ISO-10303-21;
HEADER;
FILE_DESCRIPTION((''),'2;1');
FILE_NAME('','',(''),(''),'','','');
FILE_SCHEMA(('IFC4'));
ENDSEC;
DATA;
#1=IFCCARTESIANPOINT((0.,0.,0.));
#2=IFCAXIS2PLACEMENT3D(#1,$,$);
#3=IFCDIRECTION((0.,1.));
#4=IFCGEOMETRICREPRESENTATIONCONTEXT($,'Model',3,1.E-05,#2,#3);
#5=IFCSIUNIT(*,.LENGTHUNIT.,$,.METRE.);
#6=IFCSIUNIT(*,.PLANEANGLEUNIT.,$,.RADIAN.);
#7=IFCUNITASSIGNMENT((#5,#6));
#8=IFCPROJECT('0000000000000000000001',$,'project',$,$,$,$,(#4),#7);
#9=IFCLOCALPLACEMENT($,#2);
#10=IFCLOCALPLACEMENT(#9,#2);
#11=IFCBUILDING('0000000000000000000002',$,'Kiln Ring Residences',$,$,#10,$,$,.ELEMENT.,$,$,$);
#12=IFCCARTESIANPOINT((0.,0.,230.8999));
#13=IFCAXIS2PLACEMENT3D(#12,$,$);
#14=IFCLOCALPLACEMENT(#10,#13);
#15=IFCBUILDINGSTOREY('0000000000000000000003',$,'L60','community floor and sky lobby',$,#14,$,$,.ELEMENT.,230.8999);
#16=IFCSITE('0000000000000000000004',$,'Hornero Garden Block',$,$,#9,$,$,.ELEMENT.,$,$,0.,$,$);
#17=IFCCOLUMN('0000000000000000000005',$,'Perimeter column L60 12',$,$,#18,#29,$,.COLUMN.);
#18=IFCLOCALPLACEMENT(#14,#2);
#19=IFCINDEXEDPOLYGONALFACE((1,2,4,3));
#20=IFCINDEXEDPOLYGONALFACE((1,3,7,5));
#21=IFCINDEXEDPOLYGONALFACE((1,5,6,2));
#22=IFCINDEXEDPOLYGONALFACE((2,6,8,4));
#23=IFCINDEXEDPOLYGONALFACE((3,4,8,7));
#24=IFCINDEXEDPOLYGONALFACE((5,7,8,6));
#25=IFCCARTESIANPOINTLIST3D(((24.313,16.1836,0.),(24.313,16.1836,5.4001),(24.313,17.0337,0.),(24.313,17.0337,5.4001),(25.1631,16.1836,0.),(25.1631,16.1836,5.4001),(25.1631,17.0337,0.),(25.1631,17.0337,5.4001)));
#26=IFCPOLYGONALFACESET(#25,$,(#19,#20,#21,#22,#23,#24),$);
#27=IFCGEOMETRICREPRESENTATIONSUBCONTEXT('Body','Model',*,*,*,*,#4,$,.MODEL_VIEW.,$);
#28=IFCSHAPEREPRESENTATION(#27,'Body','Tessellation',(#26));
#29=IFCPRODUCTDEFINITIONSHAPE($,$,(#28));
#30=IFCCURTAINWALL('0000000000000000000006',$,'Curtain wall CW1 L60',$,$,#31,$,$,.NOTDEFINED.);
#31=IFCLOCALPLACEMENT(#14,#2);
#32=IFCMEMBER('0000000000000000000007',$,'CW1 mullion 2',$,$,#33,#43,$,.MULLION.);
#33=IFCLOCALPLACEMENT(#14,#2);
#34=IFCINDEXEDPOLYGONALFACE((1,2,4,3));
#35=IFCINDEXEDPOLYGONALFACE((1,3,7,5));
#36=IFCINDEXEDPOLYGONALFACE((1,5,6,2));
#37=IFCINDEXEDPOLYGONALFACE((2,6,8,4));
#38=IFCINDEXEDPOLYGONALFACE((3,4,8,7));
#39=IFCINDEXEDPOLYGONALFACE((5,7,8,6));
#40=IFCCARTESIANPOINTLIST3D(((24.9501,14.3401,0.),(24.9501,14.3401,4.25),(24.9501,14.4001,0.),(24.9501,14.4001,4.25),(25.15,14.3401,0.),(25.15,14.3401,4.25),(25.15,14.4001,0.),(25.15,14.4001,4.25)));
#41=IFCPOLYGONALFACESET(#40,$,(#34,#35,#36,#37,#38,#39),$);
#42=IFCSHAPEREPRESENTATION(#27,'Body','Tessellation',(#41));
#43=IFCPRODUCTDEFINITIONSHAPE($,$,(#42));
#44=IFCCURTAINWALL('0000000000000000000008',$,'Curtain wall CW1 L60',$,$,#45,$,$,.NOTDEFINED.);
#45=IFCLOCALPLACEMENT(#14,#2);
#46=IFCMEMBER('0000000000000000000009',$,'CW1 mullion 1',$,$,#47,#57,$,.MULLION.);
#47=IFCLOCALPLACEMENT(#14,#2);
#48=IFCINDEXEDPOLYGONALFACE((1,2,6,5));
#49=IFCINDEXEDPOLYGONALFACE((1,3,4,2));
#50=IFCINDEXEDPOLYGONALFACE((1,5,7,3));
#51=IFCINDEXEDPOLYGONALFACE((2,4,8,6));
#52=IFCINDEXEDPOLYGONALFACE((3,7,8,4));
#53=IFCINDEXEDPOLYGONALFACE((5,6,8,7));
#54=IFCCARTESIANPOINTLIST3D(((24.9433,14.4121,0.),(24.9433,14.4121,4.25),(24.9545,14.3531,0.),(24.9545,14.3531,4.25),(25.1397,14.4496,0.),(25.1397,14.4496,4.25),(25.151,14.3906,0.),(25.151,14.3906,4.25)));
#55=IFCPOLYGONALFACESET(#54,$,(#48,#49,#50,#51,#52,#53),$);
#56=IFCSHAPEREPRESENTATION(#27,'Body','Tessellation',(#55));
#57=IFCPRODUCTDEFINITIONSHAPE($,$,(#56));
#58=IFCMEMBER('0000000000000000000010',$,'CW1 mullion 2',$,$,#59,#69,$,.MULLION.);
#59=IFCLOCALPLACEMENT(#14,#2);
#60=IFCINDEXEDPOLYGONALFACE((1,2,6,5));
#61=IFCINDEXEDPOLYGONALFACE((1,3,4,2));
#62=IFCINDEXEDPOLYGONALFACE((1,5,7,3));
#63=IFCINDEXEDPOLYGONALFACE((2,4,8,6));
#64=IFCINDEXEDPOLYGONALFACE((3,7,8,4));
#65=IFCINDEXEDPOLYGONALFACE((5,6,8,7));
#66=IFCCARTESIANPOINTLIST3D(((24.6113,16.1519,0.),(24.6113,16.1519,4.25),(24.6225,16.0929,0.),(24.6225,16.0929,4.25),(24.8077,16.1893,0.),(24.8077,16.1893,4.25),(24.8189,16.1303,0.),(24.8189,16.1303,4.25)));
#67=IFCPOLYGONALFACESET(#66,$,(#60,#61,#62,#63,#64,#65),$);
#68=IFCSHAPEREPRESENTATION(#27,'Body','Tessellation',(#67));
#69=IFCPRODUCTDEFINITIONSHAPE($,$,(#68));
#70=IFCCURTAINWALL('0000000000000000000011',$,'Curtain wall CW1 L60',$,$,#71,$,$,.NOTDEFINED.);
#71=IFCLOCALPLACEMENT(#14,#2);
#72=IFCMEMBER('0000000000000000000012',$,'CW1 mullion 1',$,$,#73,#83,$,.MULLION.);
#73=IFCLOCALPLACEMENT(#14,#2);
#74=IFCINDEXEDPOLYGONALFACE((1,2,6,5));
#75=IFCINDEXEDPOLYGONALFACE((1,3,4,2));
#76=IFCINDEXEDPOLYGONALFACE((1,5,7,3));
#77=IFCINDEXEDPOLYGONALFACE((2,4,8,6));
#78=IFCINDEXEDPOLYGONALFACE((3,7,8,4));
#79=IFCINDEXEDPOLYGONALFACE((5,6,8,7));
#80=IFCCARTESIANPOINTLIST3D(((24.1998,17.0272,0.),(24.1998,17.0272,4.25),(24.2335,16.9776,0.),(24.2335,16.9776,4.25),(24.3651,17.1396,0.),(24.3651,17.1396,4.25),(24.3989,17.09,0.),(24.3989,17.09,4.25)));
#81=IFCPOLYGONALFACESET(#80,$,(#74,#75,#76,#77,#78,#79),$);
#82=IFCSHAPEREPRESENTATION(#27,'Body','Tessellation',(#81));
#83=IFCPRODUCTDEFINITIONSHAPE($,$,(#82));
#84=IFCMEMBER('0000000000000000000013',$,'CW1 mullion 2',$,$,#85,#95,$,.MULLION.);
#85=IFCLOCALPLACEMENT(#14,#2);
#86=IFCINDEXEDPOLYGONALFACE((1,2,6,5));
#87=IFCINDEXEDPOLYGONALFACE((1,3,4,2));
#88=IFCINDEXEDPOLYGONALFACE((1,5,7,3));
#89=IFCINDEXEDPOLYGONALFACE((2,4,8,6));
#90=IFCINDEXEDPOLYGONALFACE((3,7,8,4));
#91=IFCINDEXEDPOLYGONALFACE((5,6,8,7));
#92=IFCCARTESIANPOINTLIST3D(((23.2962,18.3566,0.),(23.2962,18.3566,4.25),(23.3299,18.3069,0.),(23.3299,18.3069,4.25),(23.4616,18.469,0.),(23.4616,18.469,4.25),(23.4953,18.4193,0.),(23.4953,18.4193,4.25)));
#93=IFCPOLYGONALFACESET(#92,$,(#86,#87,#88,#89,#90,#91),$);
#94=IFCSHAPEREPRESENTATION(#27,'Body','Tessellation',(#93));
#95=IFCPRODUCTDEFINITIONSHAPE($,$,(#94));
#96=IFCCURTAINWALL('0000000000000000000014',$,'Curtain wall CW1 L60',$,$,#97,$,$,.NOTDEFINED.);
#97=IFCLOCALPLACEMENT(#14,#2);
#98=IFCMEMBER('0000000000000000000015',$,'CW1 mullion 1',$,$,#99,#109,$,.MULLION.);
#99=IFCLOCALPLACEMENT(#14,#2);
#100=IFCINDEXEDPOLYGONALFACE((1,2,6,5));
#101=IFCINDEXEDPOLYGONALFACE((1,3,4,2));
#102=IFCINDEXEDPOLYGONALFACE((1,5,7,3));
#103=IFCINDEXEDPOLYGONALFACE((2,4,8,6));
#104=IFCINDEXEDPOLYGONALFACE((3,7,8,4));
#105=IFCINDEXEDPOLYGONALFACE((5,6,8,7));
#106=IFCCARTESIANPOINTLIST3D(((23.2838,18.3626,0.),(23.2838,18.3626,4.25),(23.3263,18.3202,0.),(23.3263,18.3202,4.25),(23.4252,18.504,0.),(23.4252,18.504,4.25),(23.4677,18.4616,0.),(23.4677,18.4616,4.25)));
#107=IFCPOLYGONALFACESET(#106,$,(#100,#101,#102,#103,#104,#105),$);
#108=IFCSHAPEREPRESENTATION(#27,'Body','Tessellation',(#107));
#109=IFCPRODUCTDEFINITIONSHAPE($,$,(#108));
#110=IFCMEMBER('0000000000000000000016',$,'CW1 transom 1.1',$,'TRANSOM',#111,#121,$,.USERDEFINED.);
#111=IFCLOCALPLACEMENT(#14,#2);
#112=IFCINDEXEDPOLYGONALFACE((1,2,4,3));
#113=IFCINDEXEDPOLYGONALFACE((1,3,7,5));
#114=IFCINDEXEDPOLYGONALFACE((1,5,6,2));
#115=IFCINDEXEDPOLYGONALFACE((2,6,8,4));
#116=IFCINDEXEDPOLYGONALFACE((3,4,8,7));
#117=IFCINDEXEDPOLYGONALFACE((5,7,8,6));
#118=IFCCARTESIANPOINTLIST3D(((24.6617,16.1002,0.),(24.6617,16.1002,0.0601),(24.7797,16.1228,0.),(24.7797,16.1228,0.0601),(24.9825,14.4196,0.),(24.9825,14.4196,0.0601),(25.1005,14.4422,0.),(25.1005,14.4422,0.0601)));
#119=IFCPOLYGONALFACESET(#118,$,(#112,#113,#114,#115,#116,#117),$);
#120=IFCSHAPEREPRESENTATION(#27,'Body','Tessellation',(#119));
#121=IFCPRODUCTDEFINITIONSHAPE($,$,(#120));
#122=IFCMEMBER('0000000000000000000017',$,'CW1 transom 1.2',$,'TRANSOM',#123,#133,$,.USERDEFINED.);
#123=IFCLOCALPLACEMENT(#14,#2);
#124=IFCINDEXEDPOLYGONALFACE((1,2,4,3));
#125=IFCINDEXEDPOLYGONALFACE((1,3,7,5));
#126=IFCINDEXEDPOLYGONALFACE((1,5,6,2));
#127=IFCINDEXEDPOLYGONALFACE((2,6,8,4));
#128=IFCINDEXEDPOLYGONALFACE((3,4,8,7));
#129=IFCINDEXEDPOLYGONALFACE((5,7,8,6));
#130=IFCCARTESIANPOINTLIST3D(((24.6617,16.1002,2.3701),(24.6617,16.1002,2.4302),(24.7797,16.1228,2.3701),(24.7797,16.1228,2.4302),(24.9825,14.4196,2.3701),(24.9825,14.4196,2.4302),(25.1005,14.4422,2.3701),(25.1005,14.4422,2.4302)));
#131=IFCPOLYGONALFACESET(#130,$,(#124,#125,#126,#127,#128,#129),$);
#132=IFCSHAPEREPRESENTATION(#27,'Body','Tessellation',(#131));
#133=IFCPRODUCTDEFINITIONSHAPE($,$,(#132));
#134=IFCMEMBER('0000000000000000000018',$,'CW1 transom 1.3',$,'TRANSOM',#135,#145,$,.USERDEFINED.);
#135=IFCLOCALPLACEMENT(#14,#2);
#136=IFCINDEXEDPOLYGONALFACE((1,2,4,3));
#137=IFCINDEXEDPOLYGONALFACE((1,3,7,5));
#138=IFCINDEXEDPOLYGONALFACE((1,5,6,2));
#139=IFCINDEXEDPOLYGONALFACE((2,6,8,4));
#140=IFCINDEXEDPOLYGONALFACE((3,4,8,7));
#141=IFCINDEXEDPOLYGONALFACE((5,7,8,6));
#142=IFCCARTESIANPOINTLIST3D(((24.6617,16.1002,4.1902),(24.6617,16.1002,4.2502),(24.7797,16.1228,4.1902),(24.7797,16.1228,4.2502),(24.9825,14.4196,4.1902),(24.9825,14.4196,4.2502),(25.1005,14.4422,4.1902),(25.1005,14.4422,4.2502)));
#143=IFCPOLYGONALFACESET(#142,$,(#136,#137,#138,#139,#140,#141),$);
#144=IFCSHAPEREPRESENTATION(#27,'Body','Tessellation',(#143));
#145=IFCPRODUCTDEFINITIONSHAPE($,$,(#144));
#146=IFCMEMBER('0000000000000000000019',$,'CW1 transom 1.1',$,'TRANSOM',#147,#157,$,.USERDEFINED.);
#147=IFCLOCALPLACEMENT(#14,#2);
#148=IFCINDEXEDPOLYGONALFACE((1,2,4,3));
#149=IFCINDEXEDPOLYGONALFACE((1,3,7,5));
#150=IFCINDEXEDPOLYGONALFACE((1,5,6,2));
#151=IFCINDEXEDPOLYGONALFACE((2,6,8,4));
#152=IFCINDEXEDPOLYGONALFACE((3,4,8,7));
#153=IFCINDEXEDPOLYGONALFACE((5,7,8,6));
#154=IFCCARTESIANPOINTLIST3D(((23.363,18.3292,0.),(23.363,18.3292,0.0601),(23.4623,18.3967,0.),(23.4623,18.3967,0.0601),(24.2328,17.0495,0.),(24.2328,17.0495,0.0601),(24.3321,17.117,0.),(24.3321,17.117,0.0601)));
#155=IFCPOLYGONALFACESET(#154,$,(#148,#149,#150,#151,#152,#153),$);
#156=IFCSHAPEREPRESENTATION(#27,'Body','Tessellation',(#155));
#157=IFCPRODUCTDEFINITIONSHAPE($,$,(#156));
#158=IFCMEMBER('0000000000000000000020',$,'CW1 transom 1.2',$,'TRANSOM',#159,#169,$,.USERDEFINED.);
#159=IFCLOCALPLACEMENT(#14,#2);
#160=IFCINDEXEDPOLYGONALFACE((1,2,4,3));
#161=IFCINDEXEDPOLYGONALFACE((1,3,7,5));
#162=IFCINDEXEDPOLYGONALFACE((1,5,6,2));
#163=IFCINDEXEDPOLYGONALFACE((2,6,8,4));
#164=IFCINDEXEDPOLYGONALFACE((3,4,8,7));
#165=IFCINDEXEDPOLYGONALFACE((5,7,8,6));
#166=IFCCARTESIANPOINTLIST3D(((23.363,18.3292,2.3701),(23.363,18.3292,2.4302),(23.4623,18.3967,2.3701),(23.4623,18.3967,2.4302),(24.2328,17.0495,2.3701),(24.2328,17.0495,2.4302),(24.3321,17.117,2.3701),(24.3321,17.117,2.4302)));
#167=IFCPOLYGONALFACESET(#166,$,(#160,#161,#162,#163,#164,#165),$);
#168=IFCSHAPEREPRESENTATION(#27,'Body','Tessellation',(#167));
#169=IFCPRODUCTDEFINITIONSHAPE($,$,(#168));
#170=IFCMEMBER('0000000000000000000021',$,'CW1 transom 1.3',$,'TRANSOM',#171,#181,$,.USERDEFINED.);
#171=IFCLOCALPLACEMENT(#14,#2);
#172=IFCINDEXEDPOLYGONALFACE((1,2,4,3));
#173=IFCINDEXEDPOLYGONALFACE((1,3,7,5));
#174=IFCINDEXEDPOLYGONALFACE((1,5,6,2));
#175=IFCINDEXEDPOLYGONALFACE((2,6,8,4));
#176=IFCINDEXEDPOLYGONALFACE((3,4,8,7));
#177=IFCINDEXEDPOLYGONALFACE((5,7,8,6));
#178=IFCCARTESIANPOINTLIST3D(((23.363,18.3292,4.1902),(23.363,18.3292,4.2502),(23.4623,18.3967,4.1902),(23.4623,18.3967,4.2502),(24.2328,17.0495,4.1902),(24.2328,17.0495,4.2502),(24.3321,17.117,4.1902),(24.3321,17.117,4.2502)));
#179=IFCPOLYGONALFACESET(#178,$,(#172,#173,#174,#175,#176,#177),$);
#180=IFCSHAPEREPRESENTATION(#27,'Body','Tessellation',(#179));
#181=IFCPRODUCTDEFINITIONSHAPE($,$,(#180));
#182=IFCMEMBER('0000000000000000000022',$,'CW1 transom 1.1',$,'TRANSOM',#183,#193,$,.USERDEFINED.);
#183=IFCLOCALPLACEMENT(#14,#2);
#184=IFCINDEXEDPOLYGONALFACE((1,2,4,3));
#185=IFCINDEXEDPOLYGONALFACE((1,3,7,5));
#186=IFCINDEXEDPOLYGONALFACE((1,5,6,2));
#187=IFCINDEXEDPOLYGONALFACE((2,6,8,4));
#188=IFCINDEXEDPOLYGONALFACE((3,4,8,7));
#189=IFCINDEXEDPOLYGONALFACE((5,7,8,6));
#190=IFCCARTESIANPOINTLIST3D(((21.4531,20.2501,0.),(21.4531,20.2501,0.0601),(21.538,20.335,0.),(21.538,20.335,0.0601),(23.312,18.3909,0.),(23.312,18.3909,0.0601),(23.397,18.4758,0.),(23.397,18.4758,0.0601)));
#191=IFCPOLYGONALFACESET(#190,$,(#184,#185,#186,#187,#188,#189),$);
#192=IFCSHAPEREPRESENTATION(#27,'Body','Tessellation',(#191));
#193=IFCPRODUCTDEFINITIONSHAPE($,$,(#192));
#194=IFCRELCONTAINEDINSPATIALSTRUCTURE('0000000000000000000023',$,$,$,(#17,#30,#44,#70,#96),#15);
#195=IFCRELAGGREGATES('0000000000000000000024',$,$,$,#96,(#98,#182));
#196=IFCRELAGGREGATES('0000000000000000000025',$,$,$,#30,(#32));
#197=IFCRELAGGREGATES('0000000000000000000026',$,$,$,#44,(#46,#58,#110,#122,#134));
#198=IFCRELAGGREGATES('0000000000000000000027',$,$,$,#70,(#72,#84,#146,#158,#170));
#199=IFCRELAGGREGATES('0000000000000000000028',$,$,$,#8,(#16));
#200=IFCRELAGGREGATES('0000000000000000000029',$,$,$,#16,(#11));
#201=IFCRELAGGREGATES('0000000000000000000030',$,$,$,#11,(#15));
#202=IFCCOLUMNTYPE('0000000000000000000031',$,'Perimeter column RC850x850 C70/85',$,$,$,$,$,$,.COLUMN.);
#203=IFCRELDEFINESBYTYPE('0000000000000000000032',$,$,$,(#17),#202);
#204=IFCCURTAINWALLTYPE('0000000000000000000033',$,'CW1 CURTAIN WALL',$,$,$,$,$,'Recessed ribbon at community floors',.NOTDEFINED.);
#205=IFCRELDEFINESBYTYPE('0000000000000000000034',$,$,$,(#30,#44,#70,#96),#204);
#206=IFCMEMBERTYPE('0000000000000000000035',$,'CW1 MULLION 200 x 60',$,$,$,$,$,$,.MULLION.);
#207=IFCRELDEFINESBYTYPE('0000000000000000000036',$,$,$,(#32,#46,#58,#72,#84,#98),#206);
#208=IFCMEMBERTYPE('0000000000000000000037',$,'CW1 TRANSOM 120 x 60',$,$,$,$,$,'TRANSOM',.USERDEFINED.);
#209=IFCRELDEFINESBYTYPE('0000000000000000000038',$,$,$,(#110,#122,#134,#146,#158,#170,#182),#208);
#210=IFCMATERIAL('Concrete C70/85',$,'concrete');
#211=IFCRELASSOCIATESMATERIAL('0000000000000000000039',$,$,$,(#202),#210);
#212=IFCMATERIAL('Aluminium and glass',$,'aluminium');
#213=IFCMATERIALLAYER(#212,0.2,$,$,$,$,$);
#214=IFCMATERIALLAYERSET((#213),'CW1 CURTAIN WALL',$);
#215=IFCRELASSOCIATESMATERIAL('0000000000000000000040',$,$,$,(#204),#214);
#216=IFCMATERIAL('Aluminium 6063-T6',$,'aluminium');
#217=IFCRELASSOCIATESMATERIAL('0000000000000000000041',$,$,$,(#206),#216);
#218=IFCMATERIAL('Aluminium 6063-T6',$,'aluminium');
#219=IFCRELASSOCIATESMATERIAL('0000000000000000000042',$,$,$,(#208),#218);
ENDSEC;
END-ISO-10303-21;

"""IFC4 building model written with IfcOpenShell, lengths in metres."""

from ifc_helpers import new_model, si_unit, direction, frame, origin, origin_2d, place, context, subcontext, project, spatial, rectangle, extrude, material, layer, layer_set, material_profile, profile_set, type_object, element, aggregate, save


model = new_model("IFC4")

# Units and contexts
model_context = context("Model", 3, precision=1e-05, world=origin(), true_north=direction((0.0, 1.0)))
body_context = subcontext(model_context, "Body", "Model", "MODEL_VIEW")
ifc_project = project(units=[si_unit("LENGTHUNIT", "METRE"), si_unit("PLANEANGLEUNIT", "RADIAN")], contexts=[model_context])

# Site, building, storey
site_placement = place(None, origin())
site = spatial("IfcSite", under=ifc_project, at=site_placement, Name="Hornero Garden Block", CompositionType="ELEMENT", RefElevation=0.0)
building_placement = place(site_placement, origin())
building = spatial("IfcBuilding", under=site, at=building_placement, Name="Kiln Ring Residences", CompositionType="ELEMENT")
storey_placement = place(building_placement, frame((0.0, 0.0, 230.8999)))
storey = spatial("IfcBuildingStorey", under=building, at=storey_placement, Name="L60", Description="community floor and sky lobby", CompositionType="ELEMENT", Elevation=230.8999)

# Column
ifc_material_1 = material(Name="Concrete C70/85", Category="concrete")
ifc_material_profile_1 = material_profile(ifc_material_1, rectangle(XDim=0.8501, YDim=0.8501, at=origin_2d()), Name="RC850x850")
ifc_profile_set_1 = profile_set([ifc_material_profile_1], Name="Concrete C70/85")
column_type = type_object("IfcColumnType", Name="Perimeter column RC850x850 C70/85", PredefinedType="COLUMN", material=ifc_profile_set_1)
column_placement = place(storey_placement, frame((24.738, 16.6086, 0.0), z_axis=(0.0, 0.0, 1.0), x_axis=(1.0, 0.0, 0.0)))
element("IfcColumn", 1, at=column_placement, inside=storey, type_object=column_type, Name="Perimeter column L60 12", PredefinedType="COLUMN", context=body_context, shape_type="SweptSolid", body=[
    extrude(rectangle(XDim=0.8501, YDim=0.8501, at=origin_2d()), origin(), (0.0, 0.0, 1.0), 5.4001),
])

# Curtain wall, member
ifc_material_2 = material(Name="Aluminium and glass", Category="aluminium")
ifc_layer_1 = layer(ifc_material_2, 0.2)
ifc_layer_set_1 = layer_set([ifc_layer_1], Name="CW1 CURTAIN WALL")
curtain_wall_type = type_object("IfcCurtainWallType", Name="CW1 CURTAIN WALL", ElementType="Recessed ribbon at community floors", PredefinedType="NOTDEFINED", material=ifc_layer_set_1)
placement = place(storey_placement, origin())
curtain_wall_1 = element("IfcCurtainWall", 2, at=placement, inside=storey, type_object=curtain_wall_type, Name="Curtain wall CW1 L60", PredefinedType="NOTDEFINED")
ifc_material_3 = material(Name="Aluminium 6063-T6", Category="aluminium")
ifc_material_profile_2 = material_profile(ifc_material_3, rectangle(XDim=0.2, YDim=0.0601, at=origin_2d()), Name="AL 200x60")
ifc_profile_set_2 = profile_set([ifc_material_profile_2], Name="Aluminium 6063-T6")
member_type_1 = type_object("IfcMemberType", Name="CW1 MULLION 200 x 60", PredefinedType="MULLION", material=ifc_profile_set_2)
member_1_placement = place(storey_placement, frame((25.05, 14.3701, 0.0), z_axis=(0.0, 0.0, 1.0), x_axis=(-1.0, 0.0, 0.0)))
member_1 = element("IfcMember", 3, at=member_1_placement, type_object=member_type_1, Name="CW1 mullion 2", PredefinedType="MULLION", context=body_context, shape_type="SweptSolid", body=[
    extrude(rectangle(XDim=0.2, YDim=0.0601, at=origin_2d()), origin(), (0.0, 0.0, 1.0), 4.25),
])

# Curtain walls, members
curtain_wall_2 = element("IfcCurtainWall", 4, at=placement, inside=storey, type_object=curtain_wall_type, Name="Curtain wall CW1 L60", PredefinedType="NOTDEFINED")
member_2_placement = place(storey_placement, frame((25.0471, 14.4014, 0.0), z_axis=(0.0, 0.0, 1.0), x_axis=(-0.98229, -0.187366, 0.0)))
member_2 = element("IfcMember", 5, at=member_2_placement, type_object=member_type_1, Name="CW1 mullion 1", PredefinedType="MULLION", context=body_context, shape_type="SweptSolid", body=[
    extrude(rectangle(XDim=0.2, YDim=0.0601, at=origin_2d()), origin(), (0.0, 0.0, 1.0), 4.25),
])
member_3_placement = place(storey_placement, frame((24.7151, 16.1411, 0.0), z_axis=(0.0, 0.0, 1.0), x_axis=(-0.98229, -0.187366, 0.0)))
member_3 = element("IfcMember", 6, at=member_3_placement, type_object=member_type_1, Name="CW1 mullion 2", PredefinedType="MULLION", context=body_context, shape_type="SweptSolid", body=[
    extrude(rectangle(XDim=0.2, YDim=0.0601, at=origin_2d()), origin(), (0.0, 0.0, 1.0), 4.25),
])
curtain_wall_3 = element("IfcCurtainWall", 7, at=placement, inside=storey, type_object=curtain_wall_type, Name="Curtain wall CW1 L60", PredefinedType="NOTDEFINED")
member_4_placement = place(storey_placement, frame((24.2993, 17.0586, 0.0), z_axis=(0.0, 0.0, 1.0), x_axis=(-0.827072, -0.562097, 0.0)))
member_4 = element("IfcMember", 8, at=member_4_placement, type_object=member_type_1, Name="CW1 mullion 1", PredefinedType="MULLION", context=body_context, shape_type="SweptSolid", body=[
    extrude(rectangle(XDim=0.2, YDim=0.0601, at=origin_2d()), origin(), (0.0, 0.0, 1.0), 4.25),
])
member_5_placement = place(storey_placement, frame((23.3958, 18.3879, 0.0), z_axis=(0.0, 0.0, 1.0), x_axis=(-0.827072, -0.562097, 0.0)))
member_5 = element("IfcMember", 9, at=member_5_placement, type_object=member_type_1, Name="CW1 mullion 2", PredefinedType="MULLION", context=body_context, shape_type="SweptSolid", body=[
    extrude(rectangle(XDim=0.2, YDim=0.0601, at=origin_2d()), origin(), (0.0, 0.0, 1.0), 4.25),
])

# Curtain wall, member
curtain_wall_4 = element("IfcCurtainWall", 10, at=placement, inside=storey, type_object=curtain_wall_type, Name="Curtain wall CW1 L60", PredefinedType="NOTDEFINED")
member_6_placement = place(storey_placement, frame((23.3757, 18.4121, 0.0), z_axis=(0.0, 0.0, 1.0), x_axis=(-0.707107, -0.707107, 0.0)))
member_6 = element("IfcMember", 11, at=member_6_placement, type_object=member_type_1, Name="CW1 mullion 1", PredefinedType="MULLION", context=body_context, shape_type="SweptSolid", body=[
    extrude(rectangle(XDim=0.2, YDim=0.0601, at=origin_2d()), origin(), (0.0, 0.0, 1.0), 4.25),
])

# Members
ifc_material_4 = material(Name="Aluminium 6063-T6", Category="aluminium")
ifc_material_profile_3 = material_profile(ifc_material_4, rectangle(XDim=0.1201, YDim=0.0601, at=origin_2d()), Name="AL 120x60")
ifc_profile_set_3 = profile_set([ifc_material_profile_3], Name="Aluminium 6063-T6")
member_type_2 = type_object("IfcMemberType", Name="CW1 TRANSOM 120 x 60", ElementType="TRANSOM", PredefinedType="USERDEFINED", material=ifc_profile_set_3)
member_7_placement = place(storey_placement, frame((25.0415, 14.4309, 0.03), z_axis=(-0.187492, 0.982266, 0.0), x_axis=(-0.982266, -0.187492, 0.0)))
member_7 = element("IfcMember", 12, at=member_7_placement, type_object=member_type_2, Name="CW1 transom 1.1", ObjectType="TRANSOM", PredefinedType="USERDEFINED", context=body_context, shape_type="SweptSolid", body=[
    extrude(rectangle(XDim=0.1201, YDim=0.0601, at=origin_2d()), origin(), (0.0, 0.0, 1.0), 1.7109),
])
member_8_placement = place(storey_placement, frame((25.0415, 14.4309, 2.4001), z_axis=(-0.187492, 0.982266, 0.0), x_axis=(-0.982266, -0.187492, 0.0)))
member_8 = element("IfcMember", 13, at=member_8_placement, type_object=member_type_2, Name="CW1 transom 1.2", ObjectType="TRANSOM", PredefinedType="USERDEFINED", context=body_context, shape_type="SweptSolid", body=[
    extrude(rectangle(XDim=0.1201, YDim=0.0601, at=origin_2d()), origin(), (0.0, 0.0, 1.0), 1.7109),
])
member_9_placement = place(storey_placement, frame((25.0415, 14.4309, 4.2202), z_axis=(-0.187492, 0.982266, 0.0), x_axis=(-0.982266, -0.187492, 0.0)))
member_9 = element("IfcMember", 14, at=member_9_placement, type_object=member_type_2, Name="CW1 transom 1.3", ObjectType="TRANSOM", PredefinedType="USERDEFINED", context=body_context, shape_type="SweptSolid", body=[
    extrude(rectangle(XDim=0.1201, YDim=0.0601, at=origin_2d()), origin(), (0.0, 0.0, 1.0), 1.7109),
])
member_10_placement = place(storey_placement, frame((24.2825, 17.0833, 0.03), z_axis=(-0.562142, 0.827041, 0.0), x_axis=(-0.827041, -0.562142, 0.0)))
member_10 = element("IfcMember", 15, at=member_10_placement, type_object=member_type_2, Name="CW1 transom 1.1", ObjectType="TRANSOM", PredefinedType="USERDEFINED", context=body_context, shape_type="SweptSolid", body=[
    extrude(rectangle(XDim=0.1201, YDim=0.0601, at=origin_2d()), origin(), (0.0, 0.0, 1.0), 1.5474),
])
member_11_placement = place(storey_placement, frame((24.2825, 17.0833, 2.4001), z_axis=(-0.562142, 0.827041, 0.0), x_axis=(-0.827041, -0.562142, 0.0)))
member_11 = element("IfcMember", 16, at=member_11_placement, type_object=member_type_2, Name="CW1 transom 1.2", ObjectType="TRANSOM", PredefinedType="USERDEFINED", context=body_context, shape_type="SweptSolid", body=[
    extrude(rectangle(XDim=0.1201, YDim=0.0601, at=origin_2d()), origin(), (0.0, 0.0, 1.0), 1.5474),
])
member_12_placement = place(storey_placement, frame((24.2825, 17.0833, 4.2202), z_axis=(-0.562142, 0.827041, 0.0), x_axis=(-0.827041, -0.562142, 0.0)))
member_12 = element("IfcMember", 17, at=member_12_placement, type_object=member_type_2, Name="CW1 transom 1.3", ObjectType="TRANSOM", PredefinedType="USERDEFINED", context=body_context, shape_type="SweptSolid", body=[
    extrude(rectangle(XDim=0.1201, YDim=0.0601, at=origin_2d()), origin(), (0.0, 0.0, 1.0), 1.5474),
])
member_13_placement = place(storey_placement, frame((23.3545, 18.4333, 0.03), z_axis=(-0.70706, 0.707153, 0.0), x_axis=(-0.707153, -0.70706, 0.0)))
member_13 = element("IfcMember", 18, at=member_13_placement, type_object=member_type_2, Name="CW1 transom 1.1", ObjectType="TRANSOM", PredefinedType="USERDEFINED", context=body_context, shape_type="SweptSolid", body=[
    extrude(rectangle(XDim=0.1201, YDim=0.0601, at=origin_2d()), origin(), (0.0, 0.0, 1.0), 2.6292),
])
aggregate(curtain_wall_4, [member_6, member_13])

aggregate(curtain_wall_1, [member_1])
aggregate(curtain_wall_2, [member_2, member_3, member_7, member_8, member_9])
aggregate(curtain_wall_3, [member_4, member_5, member_10, member_11, member_12])

save(model, "model.ifc")
